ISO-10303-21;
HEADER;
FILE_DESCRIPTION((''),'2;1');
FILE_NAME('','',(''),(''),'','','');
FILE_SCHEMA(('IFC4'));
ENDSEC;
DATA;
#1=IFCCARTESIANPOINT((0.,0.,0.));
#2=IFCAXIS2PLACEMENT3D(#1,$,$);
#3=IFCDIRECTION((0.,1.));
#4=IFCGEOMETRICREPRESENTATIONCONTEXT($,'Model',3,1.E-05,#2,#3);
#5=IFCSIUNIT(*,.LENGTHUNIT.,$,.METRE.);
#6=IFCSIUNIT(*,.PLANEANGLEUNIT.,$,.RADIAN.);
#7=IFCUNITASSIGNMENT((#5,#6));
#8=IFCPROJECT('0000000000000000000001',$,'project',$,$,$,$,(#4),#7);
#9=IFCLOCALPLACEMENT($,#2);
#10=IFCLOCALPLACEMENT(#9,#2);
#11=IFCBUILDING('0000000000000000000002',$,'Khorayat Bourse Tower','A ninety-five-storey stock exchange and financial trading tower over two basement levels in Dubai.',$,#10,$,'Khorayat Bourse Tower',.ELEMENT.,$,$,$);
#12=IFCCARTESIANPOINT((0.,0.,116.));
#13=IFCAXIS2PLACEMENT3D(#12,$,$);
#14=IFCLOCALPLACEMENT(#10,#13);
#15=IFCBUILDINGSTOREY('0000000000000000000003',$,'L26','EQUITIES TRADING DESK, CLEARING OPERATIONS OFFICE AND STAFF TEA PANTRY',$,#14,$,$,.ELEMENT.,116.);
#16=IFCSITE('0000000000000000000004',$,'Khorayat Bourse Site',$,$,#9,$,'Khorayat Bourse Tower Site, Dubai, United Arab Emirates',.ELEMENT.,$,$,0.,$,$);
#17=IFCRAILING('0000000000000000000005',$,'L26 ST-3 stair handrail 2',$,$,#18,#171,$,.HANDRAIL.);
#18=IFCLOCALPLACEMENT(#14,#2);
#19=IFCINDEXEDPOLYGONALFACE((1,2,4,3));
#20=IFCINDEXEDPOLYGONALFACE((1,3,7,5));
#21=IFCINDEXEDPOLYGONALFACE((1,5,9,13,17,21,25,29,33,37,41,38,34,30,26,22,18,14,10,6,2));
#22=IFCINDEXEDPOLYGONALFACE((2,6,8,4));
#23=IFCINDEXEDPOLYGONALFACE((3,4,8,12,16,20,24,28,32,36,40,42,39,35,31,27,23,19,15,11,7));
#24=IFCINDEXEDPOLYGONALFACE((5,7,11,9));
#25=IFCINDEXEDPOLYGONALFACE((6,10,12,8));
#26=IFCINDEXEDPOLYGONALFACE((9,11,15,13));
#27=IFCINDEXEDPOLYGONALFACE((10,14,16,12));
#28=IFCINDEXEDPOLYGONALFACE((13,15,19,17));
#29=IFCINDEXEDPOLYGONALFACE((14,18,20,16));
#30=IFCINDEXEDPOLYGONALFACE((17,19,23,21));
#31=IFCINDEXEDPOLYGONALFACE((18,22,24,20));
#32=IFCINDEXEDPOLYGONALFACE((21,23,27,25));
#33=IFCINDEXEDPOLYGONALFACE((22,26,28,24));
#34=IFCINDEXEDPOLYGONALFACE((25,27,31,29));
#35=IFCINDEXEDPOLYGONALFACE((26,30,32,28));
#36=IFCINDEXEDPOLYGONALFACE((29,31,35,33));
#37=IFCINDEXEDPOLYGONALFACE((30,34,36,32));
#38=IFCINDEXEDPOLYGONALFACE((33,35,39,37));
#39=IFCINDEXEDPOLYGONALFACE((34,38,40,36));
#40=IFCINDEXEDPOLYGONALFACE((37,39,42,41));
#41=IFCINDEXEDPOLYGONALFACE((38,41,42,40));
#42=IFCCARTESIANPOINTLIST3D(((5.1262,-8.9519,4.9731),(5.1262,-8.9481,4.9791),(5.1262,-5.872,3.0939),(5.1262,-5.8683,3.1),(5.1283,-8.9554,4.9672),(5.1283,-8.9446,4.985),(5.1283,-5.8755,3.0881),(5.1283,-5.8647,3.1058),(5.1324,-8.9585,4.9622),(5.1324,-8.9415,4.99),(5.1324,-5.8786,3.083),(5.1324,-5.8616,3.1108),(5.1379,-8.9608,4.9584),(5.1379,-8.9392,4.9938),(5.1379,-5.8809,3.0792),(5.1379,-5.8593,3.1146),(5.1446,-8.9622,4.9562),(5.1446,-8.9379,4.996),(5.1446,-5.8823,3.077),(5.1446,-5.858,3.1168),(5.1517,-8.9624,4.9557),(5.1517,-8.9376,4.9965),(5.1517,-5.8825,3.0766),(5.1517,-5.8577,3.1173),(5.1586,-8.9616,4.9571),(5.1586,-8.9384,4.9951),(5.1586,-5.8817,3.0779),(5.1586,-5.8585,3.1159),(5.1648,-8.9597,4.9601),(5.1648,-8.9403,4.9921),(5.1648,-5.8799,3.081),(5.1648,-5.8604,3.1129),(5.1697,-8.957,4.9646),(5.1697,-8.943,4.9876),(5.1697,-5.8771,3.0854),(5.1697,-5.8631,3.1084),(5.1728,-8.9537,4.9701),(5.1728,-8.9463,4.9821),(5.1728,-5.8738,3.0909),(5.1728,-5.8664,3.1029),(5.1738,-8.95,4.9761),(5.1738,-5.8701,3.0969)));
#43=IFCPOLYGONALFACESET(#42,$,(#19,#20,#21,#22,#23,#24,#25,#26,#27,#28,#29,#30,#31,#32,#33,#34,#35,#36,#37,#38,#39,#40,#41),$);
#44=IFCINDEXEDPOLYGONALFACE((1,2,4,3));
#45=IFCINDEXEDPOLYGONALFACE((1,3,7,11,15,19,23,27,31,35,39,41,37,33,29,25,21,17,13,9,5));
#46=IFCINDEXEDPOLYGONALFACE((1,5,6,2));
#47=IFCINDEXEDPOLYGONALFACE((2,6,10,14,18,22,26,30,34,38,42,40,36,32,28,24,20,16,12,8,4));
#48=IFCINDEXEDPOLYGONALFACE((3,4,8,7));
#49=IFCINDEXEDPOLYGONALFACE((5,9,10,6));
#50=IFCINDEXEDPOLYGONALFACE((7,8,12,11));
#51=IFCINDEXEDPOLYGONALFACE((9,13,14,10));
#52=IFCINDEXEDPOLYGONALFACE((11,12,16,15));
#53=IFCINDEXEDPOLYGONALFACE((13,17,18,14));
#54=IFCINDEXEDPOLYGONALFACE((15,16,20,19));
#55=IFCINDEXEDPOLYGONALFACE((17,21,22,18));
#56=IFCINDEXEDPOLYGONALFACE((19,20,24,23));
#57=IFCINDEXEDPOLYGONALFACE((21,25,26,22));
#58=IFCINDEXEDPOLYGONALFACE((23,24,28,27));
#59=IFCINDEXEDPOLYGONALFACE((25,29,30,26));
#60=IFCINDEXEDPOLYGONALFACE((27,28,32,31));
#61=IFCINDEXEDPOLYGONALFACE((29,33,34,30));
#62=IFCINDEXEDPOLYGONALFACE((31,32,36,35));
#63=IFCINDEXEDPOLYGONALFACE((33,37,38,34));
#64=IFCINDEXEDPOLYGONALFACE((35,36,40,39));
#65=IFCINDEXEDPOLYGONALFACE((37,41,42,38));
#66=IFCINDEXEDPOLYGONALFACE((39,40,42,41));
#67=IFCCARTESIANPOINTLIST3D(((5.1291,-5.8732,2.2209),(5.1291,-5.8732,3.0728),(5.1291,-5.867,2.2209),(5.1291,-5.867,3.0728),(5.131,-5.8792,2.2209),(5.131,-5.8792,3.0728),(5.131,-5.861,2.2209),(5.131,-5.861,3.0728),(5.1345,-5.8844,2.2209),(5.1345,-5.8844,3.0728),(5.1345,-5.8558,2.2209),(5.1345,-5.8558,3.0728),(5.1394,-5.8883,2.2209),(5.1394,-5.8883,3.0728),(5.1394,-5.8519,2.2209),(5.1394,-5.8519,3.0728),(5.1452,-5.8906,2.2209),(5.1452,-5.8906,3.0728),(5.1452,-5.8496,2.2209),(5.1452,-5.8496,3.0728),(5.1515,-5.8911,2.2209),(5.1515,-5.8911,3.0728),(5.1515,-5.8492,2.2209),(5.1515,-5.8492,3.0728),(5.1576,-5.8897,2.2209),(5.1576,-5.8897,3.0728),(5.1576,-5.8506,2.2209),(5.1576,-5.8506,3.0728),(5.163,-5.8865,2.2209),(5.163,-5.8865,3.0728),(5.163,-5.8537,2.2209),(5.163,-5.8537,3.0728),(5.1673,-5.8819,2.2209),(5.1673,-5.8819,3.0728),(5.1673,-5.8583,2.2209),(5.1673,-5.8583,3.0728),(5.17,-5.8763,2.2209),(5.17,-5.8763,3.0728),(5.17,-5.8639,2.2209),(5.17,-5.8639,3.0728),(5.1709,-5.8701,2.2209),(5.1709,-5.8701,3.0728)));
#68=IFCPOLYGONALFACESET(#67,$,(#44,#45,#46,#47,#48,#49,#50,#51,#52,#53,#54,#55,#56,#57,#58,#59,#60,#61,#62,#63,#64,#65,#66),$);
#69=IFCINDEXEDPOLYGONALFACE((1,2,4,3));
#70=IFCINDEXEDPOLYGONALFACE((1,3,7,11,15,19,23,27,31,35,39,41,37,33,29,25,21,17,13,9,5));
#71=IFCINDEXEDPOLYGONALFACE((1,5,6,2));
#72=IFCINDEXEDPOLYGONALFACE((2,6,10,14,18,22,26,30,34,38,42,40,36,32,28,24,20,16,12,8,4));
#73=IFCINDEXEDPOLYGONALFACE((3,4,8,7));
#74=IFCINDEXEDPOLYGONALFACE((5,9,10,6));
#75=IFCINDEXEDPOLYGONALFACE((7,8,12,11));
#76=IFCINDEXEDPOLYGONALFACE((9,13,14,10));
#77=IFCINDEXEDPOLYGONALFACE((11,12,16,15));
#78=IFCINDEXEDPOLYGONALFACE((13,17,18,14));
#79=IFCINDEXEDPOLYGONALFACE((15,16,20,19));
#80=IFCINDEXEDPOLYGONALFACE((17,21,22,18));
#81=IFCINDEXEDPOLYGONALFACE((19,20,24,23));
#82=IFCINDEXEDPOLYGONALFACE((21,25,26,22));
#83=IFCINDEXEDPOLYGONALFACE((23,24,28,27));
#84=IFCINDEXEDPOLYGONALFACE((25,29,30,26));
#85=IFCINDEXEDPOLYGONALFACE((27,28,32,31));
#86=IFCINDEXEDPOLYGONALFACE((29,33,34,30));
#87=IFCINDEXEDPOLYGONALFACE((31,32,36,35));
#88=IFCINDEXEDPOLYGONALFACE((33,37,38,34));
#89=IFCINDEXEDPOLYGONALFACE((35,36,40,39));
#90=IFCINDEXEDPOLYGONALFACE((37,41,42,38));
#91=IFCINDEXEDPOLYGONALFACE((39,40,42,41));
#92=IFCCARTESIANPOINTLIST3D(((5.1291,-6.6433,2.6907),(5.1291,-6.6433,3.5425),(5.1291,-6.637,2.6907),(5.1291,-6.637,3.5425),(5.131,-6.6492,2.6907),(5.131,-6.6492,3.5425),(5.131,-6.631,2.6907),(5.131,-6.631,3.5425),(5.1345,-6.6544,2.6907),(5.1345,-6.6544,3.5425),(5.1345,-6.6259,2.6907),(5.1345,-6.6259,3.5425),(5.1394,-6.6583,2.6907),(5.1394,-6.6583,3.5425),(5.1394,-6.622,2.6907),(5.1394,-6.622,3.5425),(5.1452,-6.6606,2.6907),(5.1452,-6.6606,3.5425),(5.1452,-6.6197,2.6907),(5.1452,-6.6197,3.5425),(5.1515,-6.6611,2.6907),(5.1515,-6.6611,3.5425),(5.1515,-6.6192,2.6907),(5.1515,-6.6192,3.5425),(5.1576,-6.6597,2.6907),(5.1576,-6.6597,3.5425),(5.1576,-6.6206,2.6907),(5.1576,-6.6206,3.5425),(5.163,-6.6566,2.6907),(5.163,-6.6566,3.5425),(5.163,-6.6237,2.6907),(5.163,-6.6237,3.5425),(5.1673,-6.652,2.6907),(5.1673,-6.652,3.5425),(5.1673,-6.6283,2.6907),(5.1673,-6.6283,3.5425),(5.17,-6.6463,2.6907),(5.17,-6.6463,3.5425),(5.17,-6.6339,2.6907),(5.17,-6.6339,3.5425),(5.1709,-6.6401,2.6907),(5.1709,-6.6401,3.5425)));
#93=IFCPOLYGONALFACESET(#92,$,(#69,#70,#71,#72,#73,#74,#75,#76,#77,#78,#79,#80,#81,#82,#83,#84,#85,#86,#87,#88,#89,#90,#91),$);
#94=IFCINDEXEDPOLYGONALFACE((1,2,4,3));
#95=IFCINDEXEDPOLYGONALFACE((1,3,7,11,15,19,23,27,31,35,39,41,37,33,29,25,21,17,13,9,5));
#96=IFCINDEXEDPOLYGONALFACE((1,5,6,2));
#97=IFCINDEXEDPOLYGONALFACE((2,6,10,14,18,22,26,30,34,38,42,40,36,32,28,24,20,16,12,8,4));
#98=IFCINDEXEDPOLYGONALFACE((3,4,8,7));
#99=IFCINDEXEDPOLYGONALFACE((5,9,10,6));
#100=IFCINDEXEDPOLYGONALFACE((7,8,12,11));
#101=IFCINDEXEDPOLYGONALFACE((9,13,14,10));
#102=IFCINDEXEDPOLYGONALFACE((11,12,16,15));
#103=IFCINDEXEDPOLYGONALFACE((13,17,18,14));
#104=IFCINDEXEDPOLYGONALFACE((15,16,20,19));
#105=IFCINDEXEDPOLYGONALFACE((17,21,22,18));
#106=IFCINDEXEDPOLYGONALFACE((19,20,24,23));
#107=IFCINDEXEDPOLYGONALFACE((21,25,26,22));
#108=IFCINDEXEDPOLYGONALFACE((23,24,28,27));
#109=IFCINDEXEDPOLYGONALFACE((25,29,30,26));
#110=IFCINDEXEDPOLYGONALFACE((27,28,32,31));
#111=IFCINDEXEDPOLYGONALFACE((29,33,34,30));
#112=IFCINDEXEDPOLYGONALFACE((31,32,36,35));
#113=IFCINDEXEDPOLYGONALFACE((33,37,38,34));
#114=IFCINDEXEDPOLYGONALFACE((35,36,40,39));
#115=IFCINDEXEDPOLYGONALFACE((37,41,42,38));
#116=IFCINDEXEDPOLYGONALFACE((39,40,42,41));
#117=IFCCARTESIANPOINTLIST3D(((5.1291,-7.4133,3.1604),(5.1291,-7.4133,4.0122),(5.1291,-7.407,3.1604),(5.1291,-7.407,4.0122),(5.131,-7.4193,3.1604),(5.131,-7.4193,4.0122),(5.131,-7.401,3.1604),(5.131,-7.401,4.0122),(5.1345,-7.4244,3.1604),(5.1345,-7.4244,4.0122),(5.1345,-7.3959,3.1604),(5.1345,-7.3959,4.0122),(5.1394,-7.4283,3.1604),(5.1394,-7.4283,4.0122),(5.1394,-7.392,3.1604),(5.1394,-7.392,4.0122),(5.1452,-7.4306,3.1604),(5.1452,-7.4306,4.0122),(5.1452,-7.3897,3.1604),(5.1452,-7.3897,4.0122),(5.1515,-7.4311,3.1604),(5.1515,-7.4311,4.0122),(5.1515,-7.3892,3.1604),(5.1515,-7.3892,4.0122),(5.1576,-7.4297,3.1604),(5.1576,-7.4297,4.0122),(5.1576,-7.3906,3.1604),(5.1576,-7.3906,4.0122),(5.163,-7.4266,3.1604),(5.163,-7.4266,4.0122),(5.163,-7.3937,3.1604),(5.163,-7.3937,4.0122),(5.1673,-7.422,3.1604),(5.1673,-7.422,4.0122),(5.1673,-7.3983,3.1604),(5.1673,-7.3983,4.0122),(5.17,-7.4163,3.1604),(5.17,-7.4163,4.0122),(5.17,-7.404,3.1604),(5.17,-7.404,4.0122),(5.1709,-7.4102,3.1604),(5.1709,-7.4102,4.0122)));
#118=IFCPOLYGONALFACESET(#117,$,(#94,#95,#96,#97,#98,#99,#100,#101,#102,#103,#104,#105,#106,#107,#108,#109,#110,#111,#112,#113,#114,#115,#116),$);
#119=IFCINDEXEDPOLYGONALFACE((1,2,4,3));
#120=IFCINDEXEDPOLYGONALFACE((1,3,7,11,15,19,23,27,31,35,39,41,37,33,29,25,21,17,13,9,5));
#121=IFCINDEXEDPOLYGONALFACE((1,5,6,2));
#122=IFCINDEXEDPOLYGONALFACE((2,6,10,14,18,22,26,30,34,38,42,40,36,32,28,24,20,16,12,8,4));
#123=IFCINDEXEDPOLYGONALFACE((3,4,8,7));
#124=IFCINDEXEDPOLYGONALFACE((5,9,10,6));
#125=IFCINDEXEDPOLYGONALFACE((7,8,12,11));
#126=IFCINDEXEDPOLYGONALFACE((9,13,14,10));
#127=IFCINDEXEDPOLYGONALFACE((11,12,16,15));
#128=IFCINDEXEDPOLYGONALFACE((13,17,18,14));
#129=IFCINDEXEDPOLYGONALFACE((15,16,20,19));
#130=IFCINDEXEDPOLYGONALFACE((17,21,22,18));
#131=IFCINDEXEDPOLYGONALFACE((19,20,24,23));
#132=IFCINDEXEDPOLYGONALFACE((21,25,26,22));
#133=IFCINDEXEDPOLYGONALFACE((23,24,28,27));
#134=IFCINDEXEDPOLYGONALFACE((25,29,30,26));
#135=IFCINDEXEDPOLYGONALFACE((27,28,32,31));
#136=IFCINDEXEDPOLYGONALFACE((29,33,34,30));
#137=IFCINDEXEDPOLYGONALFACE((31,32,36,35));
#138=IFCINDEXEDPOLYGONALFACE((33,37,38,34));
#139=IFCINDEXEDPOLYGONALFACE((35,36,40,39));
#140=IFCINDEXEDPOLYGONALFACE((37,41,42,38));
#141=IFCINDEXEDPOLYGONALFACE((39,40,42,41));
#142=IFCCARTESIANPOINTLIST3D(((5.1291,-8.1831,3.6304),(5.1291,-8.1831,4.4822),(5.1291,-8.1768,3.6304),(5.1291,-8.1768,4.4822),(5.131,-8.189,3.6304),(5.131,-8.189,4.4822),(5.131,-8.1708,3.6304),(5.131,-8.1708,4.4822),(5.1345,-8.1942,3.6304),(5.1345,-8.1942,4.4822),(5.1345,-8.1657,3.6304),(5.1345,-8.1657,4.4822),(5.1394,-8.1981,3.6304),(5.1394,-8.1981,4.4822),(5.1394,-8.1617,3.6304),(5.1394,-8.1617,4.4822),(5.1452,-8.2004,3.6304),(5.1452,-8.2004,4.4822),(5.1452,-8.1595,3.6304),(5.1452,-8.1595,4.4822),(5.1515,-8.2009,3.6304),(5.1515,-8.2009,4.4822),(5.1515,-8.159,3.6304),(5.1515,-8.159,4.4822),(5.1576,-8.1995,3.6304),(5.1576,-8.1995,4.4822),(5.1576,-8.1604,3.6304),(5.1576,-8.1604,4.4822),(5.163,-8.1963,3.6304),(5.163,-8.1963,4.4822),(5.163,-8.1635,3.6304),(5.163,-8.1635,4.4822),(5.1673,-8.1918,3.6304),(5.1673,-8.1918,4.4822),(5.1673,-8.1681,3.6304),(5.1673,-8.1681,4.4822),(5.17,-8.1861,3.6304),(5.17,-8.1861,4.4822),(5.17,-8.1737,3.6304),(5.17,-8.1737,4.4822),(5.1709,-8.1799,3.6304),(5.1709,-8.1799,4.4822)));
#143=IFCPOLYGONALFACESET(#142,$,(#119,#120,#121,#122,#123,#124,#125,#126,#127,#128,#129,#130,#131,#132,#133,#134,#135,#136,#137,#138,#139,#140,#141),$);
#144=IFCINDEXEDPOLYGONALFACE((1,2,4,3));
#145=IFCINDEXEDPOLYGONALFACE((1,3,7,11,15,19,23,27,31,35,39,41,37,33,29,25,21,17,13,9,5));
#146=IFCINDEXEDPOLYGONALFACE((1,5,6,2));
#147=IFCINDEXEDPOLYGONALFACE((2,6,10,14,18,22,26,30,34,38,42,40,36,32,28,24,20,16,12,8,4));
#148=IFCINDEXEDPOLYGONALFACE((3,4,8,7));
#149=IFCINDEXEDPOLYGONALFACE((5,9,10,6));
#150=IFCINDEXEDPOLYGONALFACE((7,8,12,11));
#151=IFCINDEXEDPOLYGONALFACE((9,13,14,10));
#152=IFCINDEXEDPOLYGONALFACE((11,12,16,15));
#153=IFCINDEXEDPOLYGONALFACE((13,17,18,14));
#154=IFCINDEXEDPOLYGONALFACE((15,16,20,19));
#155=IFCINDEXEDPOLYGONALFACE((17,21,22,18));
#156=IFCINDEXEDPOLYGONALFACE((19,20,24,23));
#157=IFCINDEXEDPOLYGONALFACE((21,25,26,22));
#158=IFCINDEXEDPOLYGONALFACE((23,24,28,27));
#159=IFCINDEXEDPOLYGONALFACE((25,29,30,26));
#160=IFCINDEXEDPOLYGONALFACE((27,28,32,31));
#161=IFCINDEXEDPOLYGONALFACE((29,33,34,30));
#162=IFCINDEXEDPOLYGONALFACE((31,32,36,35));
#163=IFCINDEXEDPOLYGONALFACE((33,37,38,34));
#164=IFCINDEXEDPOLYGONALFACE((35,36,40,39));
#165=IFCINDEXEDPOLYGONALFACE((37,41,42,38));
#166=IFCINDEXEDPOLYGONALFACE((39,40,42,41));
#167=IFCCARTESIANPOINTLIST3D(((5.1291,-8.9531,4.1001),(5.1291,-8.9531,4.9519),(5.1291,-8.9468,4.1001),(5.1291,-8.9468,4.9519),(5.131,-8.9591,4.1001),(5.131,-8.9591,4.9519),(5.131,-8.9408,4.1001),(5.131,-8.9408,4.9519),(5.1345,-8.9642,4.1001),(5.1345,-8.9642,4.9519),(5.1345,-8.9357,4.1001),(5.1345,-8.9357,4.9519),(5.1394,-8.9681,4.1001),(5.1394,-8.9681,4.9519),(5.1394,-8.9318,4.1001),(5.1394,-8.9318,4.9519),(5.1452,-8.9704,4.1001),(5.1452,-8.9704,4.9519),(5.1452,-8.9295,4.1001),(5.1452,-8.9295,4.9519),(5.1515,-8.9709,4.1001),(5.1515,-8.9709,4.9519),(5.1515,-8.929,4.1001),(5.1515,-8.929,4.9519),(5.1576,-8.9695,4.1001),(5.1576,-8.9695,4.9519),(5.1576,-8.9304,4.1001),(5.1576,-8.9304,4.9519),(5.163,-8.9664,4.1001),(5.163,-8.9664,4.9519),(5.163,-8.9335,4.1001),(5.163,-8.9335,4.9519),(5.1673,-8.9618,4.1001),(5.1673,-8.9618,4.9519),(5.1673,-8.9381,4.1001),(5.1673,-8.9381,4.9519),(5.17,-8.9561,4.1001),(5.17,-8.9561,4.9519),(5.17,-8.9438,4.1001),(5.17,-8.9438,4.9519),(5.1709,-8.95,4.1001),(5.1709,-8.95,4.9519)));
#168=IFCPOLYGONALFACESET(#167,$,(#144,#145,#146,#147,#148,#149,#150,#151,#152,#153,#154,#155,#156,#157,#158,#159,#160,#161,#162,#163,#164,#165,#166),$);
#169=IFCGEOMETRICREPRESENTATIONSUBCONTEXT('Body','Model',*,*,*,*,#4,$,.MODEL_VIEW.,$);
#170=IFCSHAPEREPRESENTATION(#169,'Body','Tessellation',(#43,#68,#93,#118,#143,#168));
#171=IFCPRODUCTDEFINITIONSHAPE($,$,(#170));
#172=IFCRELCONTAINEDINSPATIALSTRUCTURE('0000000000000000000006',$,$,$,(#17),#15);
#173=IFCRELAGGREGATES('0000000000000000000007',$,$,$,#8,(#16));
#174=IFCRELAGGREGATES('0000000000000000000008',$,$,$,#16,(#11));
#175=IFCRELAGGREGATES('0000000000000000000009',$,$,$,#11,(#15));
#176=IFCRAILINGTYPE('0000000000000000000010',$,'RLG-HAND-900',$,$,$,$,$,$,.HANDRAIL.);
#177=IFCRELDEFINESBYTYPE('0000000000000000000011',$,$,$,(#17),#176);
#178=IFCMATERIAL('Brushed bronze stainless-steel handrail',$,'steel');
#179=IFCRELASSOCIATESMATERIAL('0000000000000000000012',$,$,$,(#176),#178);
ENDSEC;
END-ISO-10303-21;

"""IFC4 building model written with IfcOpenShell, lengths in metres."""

from ifc_helpers import new_model, si_unit, direction, frame, origin, origin_2d, place, context, subcontext, project, spatial, circle, extrude, source, transform, mapped, material, type_object, element, save


model = new_model("IFC4")

# Units and contexts
model_context = context("Model", 3, precision=1e-05, world=origin(), true_north=direction((0.0, 1.0)))
body_context = subcontext(model_context, "Body", "Model", "MODEL_VIEW")
ifc_project = project(units=[si_unit("LENGTHUNIT", "METRE"), si_unit("PLANEANGLEUNIT", "RADIAN")], contexts=[model_context])

# Site, building, storey
site_placement = place(None, origin())
site = spatial("IfcSite", under=ifc_project, at=site_placement, Name="Khorayat Bourse Site", LongName="Khorayat Bourse Tower Site, Dubai, United Arab Emirates", CompositionType="ELEMENT", RefElevation=0.0)
building_placement = place(site_placement, origin())
building = spatial("IfcBuilding", under=site, at=building_placement, Name="Khorayat Bourse Tower", Description="A ninety-five-storey stock exchange and financial trading tower over two basement levels in Dubai.", LongName="Khorayat Bourse Tower", CompositionType="ELEMENT")
storey_placement = place(building_placement, frame((0.0, 0.0, 116.0)))
storey = spatial("IfcBuildingStorey", under=building, at=storey_placement, Name="L26", Description="EQUITIES TRADING DESK, CLEARING OPERATIONS OFFICE AND STAFF TEA PANTRY", CompositionType="ELEMENT", Elevation=116.0)

# Railing
ifc_material_1 = material(Name="Brushed bronze stainless-steel handrail", Category="steel")
railing_type = type_object("IfcRailingType", Name="RLG-HAND-900", PredefinedType="HANDRAIL", material=ifc_material_1)
shared_shape_1 = source(origin(), body_context, "Body", "SweptSolid", [
    extrude(circle(Radius=0.0239, at=origin_2d()), frame((0.0, 0.0, 0.876), z_axis=(0.0, -0.853648, 0.52085), x_axis=(1.0, 0.0, 0.0)), (0.0, 0.0, 1.0), 3.6079),
    extrude(circle(Radius=0.021, at=origin_2d()), origin(), (0.0, 0.0, 1.0), 0.8518),
    extrude(circle(Radius=0.021, at=origin_2d()), frame((0.0, -0.77, 0.4697)), (0.0, 0.0, 1.0), 0.8518),
    extrude(circle(Radius=0.021, at=origin_2d()), frame((0.0, -1.54, 0.9395)), (0.0, 0.0, 1.0), 0.8518),
    extrude(circle(Radius=0.021, at=origin_2d()), frame((0.0, -2.3098, 1.4094)), (0.0, 0.0, 1.0), 0.8518),
    extrude(circle(Radius=0.021, at=origin_2d()), frame((0.0, -3.0798, 1.8792)), (0.0, 0.0, 1.0), 0.8518),
])
railing_placement = place(storey_placement, frame((5.1499, -5.8701, 2.2209)))
element("IfcRailing", 1, at=railing_placement, inside=storey, type_object=railing_type, Name="L26 ST-3 stair handrail 2", PredefinedType="HANDRAIL", context=body_context, shape_type="MappedRepresentation", body=[
    mapped(shared_shape_1, transform((0.0, 0.0, 0.0), scale=1.0)),
])

save(model, "model.ifc")
